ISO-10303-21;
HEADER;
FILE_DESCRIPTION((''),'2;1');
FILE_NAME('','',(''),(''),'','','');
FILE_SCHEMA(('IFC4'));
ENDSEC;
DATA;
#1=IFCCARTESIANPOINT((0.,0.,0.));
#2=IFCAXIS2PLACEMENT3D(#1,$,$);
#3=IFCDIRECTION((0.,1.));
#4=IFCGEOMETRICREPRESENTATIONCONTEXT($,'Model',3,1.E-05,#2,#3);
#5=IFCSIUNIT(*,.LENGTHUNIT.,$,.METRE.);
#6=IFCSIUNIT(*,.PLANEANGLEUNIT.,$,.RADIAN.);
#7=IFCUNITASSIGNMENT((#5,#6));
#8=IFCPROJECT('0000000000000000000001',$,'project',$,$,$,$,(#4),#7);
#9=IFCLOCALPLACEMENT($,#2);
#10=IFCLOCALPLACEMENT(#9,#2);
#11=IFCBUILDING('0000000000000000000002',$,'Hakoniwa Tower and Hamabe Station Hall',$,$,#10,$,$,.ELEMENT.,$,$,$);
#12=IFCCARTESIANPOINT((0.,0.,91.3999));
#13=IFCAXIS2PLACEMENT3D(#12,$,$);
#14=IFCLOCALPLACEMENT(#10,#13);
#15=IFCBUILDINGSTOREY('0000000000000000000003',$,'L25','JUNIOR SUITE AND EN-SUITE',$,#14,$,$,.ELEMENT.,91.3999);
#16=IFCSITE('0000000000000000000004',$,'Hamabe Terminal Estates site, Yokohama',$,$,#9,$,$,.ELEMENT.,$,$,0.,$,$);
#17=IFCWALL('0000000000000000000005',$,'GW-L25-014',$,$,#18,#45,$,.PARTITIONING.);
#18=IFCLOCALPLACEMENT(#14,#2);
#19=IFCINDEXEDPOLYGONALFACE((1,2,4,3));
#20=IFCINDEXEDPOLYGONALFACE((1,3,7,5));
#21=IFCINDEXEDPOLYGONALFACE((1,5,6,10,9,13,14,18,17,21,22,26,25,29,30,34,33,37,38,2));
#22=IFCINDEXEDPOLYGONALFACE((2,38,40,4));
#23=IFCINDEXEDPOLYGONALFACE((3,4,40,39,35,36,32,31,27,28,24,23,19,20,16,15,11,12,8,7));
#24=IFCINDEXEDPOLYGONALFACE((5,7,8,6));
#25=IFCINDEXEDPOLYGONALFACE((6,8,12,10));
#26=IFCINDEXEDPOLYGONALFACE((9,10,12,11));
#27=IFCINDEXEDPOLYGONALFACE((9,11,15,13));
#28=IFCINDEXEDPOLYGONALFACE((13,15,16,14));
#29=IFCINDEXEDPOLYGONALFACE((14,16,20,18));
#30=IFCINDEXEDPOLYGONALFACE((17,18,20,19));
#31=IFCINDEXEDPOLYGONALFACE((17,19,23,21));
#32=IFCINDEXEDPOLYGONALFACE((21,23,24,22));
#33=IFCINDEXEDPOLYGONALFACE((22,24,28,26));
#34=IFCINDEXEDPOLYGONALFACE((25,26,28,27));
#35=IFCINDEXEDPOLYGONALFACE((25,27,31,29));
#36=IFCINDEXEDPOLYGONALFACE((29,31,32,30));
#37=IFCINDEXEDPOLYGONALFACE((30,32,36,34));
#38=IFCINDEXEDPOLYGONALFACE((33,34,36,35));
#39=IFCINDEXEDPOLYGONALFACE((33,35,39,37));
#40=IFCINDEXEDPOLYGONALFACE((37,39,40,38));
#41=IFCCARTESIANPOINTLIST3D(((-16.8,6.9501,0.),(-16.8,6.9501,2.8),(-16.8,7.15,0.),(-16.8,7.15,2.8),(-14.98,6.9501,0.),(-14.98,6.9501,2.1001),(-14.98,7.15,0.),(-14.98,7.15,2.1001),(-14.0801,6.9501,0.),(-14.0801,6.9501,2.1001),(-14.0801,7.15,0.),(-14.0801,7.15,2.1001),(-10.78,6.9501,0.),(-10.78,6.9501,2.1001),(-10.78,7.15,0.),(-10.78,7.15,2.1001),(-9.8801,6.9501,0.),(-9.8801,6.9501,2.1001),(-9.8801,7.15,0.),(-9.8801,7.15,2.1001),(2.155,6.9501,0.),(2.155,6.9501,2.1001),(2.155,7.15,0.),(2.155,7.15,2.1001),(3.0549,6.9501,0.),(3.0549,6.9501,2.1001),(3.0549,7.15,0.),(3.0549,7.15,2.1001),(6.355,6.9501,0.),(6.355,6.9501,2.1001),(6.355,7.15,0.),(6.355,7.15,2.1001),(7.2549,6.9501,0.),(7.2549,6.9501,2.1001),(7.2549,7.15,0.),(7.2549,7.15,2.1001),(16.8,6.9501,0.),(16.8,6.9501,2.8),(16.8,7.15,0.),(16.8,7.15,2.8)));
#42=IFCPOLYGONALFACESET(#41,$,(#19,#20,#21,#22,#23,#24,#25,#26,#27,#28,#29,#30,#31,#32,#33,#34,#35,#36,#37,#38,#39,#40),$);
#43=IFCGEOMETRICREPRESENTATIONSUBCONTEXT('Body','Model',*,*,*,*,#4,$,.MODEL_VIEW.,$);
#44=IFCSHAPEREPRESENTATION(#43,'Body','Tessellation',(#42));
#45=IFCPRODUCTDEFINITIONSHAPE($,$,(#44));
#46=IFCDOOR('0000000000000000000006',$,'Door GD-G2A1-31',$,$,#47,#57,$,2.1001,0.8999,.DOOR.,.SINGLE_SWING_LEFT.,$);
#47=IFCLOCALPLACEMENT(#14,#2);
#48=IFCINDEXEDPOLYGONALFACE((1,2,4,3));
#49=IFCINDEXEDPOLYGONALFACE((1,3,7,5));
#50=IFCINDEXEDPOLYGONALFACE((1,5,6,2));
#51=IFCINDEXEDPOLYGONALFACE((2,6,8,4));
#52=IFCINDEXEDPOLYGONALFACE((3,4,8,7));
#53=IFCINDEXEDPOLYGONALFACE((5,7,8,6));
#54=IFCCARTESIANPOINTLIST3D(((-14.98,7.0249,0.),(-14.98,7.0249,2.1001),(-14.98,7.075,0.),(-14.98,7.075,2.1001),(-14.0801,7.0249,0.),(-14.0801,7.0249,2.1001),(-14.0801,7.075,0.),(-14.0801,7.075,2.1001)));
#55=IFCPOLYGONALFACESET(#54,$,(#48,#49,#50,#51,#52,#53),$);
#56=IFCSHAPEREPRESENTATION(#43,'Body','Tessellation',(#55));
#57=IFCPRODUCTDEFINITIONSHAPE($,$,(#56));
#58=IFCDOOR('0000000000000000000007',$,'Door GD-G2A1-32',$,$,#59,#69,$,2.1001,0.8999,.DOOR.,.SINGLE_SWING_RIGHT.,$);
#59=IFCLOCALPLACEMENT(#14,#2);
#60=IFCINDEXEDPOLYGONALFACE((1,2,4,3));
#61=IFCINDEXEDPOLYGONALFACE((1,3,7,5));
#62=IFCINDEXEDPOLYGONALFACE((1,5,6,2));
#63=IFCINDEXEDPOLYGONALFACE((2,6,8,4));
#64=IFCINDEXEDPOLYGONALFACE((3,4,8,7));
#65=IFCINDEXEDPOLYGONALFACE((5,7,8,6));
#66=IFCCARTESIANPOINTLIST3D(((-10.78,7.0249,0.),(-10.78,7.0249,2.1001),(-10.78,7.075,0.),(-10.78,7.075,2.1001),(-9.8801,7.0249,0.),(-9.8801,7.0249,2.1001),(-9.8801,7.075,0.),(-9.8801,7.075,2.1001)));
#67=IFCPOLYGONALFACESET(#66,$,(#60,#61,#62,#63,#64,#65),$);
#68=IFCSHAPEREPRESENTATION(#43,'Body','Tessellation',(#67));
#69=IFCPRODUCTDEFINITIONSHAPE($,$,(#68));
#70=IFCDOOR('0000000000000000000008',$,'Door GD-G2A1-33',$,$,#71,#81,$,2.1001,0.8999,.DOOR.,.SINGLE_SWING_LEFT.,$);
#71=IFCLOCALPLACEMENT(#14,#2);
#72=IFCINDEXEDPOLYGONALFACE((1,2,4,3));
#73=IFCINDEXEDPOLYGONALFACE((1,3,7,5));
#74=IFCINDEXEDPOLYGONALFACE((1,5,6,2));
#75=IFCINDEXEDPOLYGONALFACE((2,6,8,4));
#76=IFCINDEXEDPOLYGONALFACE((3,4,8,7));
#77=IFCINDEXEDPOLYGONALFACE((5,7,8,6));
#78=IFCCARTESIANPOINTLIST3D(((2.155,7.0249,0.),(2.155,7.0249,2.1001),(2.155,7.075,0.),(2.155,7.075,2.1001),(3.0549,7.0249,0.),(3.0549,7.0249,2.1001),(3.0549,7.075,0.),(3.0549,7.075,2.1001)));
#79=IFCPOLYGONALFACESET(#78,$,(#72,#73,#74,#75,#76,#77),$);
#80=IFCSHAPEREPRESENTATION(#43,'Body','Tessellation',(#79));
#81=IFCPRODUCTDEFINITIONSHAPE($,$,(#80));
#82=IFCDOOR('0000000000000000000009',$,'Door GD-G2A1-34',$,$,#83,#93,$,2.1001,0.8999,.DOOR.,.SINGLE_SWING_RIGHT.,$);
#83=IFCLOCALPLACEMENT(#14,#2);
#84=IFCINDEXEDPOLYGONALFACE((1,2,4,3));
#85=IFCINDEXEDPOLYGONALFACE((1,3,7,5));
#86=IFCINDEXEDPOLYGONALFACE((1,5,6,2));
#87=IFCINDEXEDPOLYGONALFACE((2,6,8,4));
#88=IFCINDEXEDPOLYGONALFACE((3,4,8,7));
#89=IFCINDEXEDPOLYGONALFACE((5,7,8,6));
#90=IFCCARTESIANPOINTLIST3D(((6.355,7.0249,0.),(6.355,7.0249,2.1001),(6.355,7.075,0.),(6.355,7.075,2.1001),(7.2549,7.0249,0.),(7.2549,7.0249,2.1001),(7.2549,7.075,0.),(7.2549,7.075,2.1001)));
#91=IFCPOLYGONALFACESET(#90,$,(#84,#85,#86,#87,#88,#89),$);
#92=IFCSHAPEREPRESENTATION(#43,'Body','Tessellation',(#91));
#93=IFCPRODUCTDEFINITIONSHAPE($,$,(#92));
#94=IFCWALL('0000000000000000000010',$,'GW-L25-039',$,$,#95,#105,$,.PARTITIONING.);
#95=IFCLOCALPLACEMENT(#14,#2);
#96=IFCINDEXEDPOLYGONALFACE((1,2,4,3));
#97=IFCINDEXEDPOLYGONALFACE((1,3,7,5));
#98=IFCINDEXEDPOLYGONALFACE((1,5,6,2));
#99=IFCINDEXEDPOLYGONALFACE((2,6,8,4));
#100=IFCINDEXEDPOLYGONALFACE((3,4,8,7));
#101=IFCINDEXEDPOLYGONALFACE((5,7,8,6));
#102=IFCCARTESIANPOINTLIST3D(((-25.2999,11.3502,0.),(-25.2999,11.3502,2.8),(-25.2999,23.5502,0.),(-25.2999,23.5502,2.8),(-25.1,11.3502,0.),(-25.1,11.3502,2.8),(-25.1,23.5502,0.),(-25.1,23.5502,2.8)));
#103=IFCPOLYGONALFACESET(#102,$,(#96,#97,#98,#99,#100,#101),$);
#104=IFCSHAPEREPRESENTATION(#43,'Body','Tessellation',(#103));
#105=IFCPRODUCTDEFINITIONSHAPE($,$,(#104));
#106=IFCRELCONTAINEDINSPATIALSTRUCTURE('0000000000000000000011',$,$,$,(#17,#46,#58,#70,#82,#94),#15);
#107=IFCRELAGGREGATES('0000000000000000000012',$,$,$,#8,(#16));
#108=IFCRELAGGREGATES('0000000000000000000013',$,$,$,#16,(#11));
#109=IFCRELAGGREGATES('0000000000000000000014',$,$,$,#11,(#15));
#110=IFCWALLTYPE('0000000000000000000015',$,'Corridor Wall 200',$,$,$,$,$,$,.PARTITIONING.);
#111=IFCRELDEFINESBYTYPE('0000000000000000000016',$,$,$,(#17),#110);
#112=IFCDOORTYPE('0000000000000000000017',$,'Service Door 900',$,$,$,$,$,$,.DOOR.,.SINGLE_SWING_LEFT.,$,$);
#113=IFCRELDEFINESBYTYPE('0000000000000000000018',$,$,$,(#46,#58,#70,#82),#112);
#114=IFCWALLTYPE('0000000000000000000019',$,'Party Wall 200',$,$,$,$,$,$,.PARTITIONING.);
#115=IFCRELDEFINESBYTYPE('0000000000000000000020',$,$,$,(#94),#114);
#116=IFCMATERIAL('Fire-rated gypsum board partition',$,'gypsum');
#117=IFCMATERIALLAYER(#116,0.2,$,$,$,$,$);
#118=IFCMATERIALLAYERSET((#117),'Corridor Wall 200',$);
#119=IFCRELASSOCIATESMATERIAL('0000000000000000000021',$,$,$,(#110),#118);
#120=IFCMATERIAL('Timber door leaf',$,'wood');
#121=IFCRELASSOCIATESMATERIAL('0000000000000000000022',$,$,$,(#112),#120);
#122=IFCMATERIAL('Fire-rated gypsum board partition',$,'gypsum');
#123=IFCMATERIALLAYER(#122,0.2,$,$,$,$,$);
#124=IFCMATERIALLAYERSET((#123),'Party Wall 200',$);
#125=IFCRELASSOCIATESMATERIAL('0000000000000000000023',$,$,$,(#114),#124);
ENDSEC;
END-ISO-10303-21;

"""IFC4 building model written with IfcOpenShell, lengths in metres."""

from ifc_helpers import new_model, si_unit, direction, frame, frame_2d, origin, place, context, subcontext, project, spatial, rectangle, extrude, material, layer, layer_set, type_object, element, fill, save


model = new_model("IFC4")

# Units and contexts
model_context = context("Model", 3, precision=1e-05, world=origin(), true_north=direction((0.0, 1.0)))
body_context = subcontext(model_context, "Body", "Model", "MODEL_VIEW")
ifc_project = project(units=[si_unit("LENGTHUNIT", "METRE"), si_unit("PLANEANGLEUNIT", "RADIAN")], contexts=[model_context])

# Site, building, storey
site_placement = place(None, origin())
site = spatial("IfcSite", under=ifc_project, at=site_placement, Name="Hamabe Terminal Estates site, Yokohama", CompositionType="ELEMENT", RefElevation=0.0)
building_placement = place(site_placement, origin())
building = spatial("IfcBuilding", under=site, at=building_placement, Name="Hakoniwa Tower and Hamabe Station Hall", CompositionType="ELEMENT")
storey_placement = place(building_placement, frame((0.0, 0.0, 91.3999)))
storey = spatial("IfcBuildingStorey", under=building, at=storey_placement, Name="L25", Description="JUNIOR SUITE AND EN-SUITE", CompositionType="ELEMENT", Elevation=91.3999)

# Wall, openings, doors
ifc_material_1 = material(Name="Fire-rated gypsum board partition", Category="gypsum")
ifc_layer_1 = layer(ifc_material_1, 0.2)
ifc_layer_set_1 = layer_set([ifc_layer_1], Name="Corridor Wall 200")
wall_type_1 = type_object("IfcWallType", Name="Corridor Wall 200", PredefinedType="PARTITIONING", material=ifc_layer_set_1)
wall_1_placement = place(storey_placement, frame((-16.8, 7.05, 0.0), z_axis=(0.0, 0.0, 1.0), x_axis=(1.0, 0.0, 0.0)))
wall_1 = element("IfcWall", 1, at=wall_1_placement, inside=storey, type_object=wall_type_1, Name="GW-L25-014", PredefinedType="PARTITIONING", context=body_context, shape_type="SweptSolid", body=[
    extrude(rectangle(XDim=33.6001, YDim=0.2, at=frame_2d((16.8, 0.0))), origin(), (0.0, 0.0, 1.0), 2.8),
])
opening_1_placement = place(wall_1_placement, frame((1.8201, 0.0, 0.0)))
opening_1 = element("IfcOpeningElement", 2, at=opening_1_placement, cuts=wall_1, PredefinedType="OPENING", context=body_context, shape_type="SweptSolid", body=[
    extrude(rectangle(XDim=0.8999, YDim=2.1001, at=frame_2d((0.45, 1.05))), frame((0.0, 0.1099, 0.0), z_axis=(0.0, -1.0, 0.0), x_axis=(1.0, 0.0, 0.0)), (0.0, 0.0, 1.0), 0.22),
])
opening_2_placement = place(wall_1_placement, frame((6.02, 0.0, 0.0)))
opening_2 = element("IfcOpeningElement", 3, at=opening_2_placement, cuts=wall_1, PredefinedType="OPENING", context=body_context, shape_type="SweptSolid", body=[
    extrude(rectangle(XDim=0.8999, YDim=2.1001, at=frame_2d((0.45, 1.05))), frame((0.0, 0.1099, 0.0), z_axis=(0.0, -1.0, 0.0), x_axis=(1.0, 0.0, 0.0)), (0.0, 0.0, 1.0), 0.22),
])
opening_3_placement = place(wall_1_placement, frame((18.9551, 0.0, 0.0)))
opening_3 = element("IfcOpeningElement", 4, at=opening_3_placement, cuts=wall_1, PredefinedType="OPENING", context=body_context, shape_type="SweptSolid", body=[
    extrude(rectangle(XDim=0.8999, YDim=2.1001, at=frame_2d((0.45, 1.05))), frame((0.0, 0.1099, 0.0), z_axis=(0.0, -1.0, 0.0), x_axis=(1.0, 0.0, 0.0)), (0.0, 0.0, 1.0), 0.22),
])
opening_4_placement = place(wall_1_placement, frame((23.155, 0.0, 0.0)))
opening_4 = element("IfcOpeningElement", 5, at=opening_4_placement, cuts=wall_1, PredefinedType="OPENING", context=body_context, shape_type="SweptSolid", body=[
    extrude(rectangle(XDim=0.8999, YDim=2.1001, at=frame_2d((0.45, 1.05))), frame((0.0, 0.1099, 0.0), z_axis=(0.0, -1.0, 0.0), x_axis=(1.0, 0.0, 0.0)), (0.0, 0.0, 1.0), 0.22),
])
ifc_material_2 = material(Name="Timber door leaf", Category="wood")
door_type_1 = type_object("IfcDoorType", Name="Service Door 900", OperationType="SINGLE_SWING_LEFT", PredefinedType="DOOR", material=ifc_material_2)
door_1_placement = place(opening_1_placement, origin())
door_1 = element("IfcDoor", 6, at=door_1_placement, inside=storey, type_object=door_type_1, Name="Door GD-G2A1-31", OperationType="SINGLE_SWING_LEFT", OverallHeight=2.1001, OverallWidth=0.8999, PredefinedType="DOOR", context=body_context, shape_type="SweptSolid", body=[
    extrude(rectangle(XDim=0.8999, YDim=2.1001, at=frame_2d((0.45, 1.05))), frame((0.0, 0.0249, 0.0), z_axis=(0.0, -1.0, 0.0), x_axis=(1.0, 0.0, 0.0)), (0.0, 0.0, 1.0), 0.05),
])
fill(opening_1, door_1)
door_2_placement = place(opening_2_placement, origin())
door_2 = element("IfcDoor", 7, at=door_2_placement, inside=storey, type_object=door_type_1, Name="Door GD-G2A1-32", OperationType="SINGLE_SWING_RIGHT", OverallHeight=2.1001, OverallWidth=0.8999, PredefinedType="DOOR", context=body_context, shape_type="SweptSolid", body=[
    extrude(rectangle(XDim=0.8999, YDim=2.1001, at=frame_2d((0.45, 1.05))), frame((0.0, 0.0249, 0.0), z_axis=(0.0, -1.0, 0.0), x_axis=(1.0, 0.0, 0.0)), (0.0, 0.0, 1.0), 0.05),
])
fill(opening_2, door_2)
door_3_placement = place(opening_3_placement, origin())
door_3 = element("IfcDoor", 8, at=door_3_placement, inside=storey, type_object=door_type_1, Name="Door GD-G2A1-33", OperationType="SINGLE_SWING_LEFT", OverallHeight=2.1001, OverallWidth=0.8999, PredefinedType="DOOR", context=body_context, shape_type="SweptSolid", body=[
    extrude(rectangle(XDim=0.8999, YDim=2.1001, at=frame_2d((0.45, 1.05))), frame((0.0, 0.0249, 0.0), z_axis=(0.0, -1.0, 0.0), x_axis=(1.0, 0.0, 0.0)), (0.0, 0.0, 1.0), 0.05),
])
fill(opening_3, door_3)
door_4_placement = place(opening_4_placement, origin())
door_4 = element("IfcDoor", 9, at=door_4_placement, inside=storey, type_object=door_type_1, Name="Door GD-G2A1-34", OperationType="SINGLE_SWING_RIGHT", OverallHeight=2.1001, OverallWidth=0.8999, PredefinedType="DOOR", context=body_context, shape_type="SweptSolid", body=[
    extrude(rectangle(XDim=0.8999, YDim=2.1001, at=frame_2d((0.45, 1.05))), frame((0.0, 0.0249, 0.0), z_axis=(0.0, -1.0, 0.0), x_axis=(1.0, 0.0, 0.0)), (0.0, 0.0, 1.0), 0.05),
])
fill(opening_4, door_4)

# Wall
ifc_material_3 = material(Name="Fire-rated gypsum board partition", Category="gypsum")
ifc_layer_2 = layer(ifc_material_3, 0.2)
ifc_layer_set_2 = layer_set([ifc_layer_2], Name="Party Wall 200")
wall_type_2 = type_object("IfcWallType", Name="Party Wall 200", PredefinedType="PARTITIONING", material=ifc_layer_set_2)
wall_2_placement = place(storey_placement, frame((-25.2, 11.3501, 0.0), z_axis=(0.0, 0.0, 1.0), x_axis=(0.0, 1.0, 0.0)))
element("IfcWall", 10, at=wall_2_placement, inside=storey, type_object=wall_type_2, Name="GW-L25-039", PredefinedType="PARTITIONING", context=body_context, shape_type="SweptSolid", body=[
    extrude(rectangle(XDim=12.2, YDim=0.2, at=frame_2d((6.1001, 0.0))), origin(), (0.0, 0.0, 1.0), 2.8),
])

save(model, "model.ifc")
